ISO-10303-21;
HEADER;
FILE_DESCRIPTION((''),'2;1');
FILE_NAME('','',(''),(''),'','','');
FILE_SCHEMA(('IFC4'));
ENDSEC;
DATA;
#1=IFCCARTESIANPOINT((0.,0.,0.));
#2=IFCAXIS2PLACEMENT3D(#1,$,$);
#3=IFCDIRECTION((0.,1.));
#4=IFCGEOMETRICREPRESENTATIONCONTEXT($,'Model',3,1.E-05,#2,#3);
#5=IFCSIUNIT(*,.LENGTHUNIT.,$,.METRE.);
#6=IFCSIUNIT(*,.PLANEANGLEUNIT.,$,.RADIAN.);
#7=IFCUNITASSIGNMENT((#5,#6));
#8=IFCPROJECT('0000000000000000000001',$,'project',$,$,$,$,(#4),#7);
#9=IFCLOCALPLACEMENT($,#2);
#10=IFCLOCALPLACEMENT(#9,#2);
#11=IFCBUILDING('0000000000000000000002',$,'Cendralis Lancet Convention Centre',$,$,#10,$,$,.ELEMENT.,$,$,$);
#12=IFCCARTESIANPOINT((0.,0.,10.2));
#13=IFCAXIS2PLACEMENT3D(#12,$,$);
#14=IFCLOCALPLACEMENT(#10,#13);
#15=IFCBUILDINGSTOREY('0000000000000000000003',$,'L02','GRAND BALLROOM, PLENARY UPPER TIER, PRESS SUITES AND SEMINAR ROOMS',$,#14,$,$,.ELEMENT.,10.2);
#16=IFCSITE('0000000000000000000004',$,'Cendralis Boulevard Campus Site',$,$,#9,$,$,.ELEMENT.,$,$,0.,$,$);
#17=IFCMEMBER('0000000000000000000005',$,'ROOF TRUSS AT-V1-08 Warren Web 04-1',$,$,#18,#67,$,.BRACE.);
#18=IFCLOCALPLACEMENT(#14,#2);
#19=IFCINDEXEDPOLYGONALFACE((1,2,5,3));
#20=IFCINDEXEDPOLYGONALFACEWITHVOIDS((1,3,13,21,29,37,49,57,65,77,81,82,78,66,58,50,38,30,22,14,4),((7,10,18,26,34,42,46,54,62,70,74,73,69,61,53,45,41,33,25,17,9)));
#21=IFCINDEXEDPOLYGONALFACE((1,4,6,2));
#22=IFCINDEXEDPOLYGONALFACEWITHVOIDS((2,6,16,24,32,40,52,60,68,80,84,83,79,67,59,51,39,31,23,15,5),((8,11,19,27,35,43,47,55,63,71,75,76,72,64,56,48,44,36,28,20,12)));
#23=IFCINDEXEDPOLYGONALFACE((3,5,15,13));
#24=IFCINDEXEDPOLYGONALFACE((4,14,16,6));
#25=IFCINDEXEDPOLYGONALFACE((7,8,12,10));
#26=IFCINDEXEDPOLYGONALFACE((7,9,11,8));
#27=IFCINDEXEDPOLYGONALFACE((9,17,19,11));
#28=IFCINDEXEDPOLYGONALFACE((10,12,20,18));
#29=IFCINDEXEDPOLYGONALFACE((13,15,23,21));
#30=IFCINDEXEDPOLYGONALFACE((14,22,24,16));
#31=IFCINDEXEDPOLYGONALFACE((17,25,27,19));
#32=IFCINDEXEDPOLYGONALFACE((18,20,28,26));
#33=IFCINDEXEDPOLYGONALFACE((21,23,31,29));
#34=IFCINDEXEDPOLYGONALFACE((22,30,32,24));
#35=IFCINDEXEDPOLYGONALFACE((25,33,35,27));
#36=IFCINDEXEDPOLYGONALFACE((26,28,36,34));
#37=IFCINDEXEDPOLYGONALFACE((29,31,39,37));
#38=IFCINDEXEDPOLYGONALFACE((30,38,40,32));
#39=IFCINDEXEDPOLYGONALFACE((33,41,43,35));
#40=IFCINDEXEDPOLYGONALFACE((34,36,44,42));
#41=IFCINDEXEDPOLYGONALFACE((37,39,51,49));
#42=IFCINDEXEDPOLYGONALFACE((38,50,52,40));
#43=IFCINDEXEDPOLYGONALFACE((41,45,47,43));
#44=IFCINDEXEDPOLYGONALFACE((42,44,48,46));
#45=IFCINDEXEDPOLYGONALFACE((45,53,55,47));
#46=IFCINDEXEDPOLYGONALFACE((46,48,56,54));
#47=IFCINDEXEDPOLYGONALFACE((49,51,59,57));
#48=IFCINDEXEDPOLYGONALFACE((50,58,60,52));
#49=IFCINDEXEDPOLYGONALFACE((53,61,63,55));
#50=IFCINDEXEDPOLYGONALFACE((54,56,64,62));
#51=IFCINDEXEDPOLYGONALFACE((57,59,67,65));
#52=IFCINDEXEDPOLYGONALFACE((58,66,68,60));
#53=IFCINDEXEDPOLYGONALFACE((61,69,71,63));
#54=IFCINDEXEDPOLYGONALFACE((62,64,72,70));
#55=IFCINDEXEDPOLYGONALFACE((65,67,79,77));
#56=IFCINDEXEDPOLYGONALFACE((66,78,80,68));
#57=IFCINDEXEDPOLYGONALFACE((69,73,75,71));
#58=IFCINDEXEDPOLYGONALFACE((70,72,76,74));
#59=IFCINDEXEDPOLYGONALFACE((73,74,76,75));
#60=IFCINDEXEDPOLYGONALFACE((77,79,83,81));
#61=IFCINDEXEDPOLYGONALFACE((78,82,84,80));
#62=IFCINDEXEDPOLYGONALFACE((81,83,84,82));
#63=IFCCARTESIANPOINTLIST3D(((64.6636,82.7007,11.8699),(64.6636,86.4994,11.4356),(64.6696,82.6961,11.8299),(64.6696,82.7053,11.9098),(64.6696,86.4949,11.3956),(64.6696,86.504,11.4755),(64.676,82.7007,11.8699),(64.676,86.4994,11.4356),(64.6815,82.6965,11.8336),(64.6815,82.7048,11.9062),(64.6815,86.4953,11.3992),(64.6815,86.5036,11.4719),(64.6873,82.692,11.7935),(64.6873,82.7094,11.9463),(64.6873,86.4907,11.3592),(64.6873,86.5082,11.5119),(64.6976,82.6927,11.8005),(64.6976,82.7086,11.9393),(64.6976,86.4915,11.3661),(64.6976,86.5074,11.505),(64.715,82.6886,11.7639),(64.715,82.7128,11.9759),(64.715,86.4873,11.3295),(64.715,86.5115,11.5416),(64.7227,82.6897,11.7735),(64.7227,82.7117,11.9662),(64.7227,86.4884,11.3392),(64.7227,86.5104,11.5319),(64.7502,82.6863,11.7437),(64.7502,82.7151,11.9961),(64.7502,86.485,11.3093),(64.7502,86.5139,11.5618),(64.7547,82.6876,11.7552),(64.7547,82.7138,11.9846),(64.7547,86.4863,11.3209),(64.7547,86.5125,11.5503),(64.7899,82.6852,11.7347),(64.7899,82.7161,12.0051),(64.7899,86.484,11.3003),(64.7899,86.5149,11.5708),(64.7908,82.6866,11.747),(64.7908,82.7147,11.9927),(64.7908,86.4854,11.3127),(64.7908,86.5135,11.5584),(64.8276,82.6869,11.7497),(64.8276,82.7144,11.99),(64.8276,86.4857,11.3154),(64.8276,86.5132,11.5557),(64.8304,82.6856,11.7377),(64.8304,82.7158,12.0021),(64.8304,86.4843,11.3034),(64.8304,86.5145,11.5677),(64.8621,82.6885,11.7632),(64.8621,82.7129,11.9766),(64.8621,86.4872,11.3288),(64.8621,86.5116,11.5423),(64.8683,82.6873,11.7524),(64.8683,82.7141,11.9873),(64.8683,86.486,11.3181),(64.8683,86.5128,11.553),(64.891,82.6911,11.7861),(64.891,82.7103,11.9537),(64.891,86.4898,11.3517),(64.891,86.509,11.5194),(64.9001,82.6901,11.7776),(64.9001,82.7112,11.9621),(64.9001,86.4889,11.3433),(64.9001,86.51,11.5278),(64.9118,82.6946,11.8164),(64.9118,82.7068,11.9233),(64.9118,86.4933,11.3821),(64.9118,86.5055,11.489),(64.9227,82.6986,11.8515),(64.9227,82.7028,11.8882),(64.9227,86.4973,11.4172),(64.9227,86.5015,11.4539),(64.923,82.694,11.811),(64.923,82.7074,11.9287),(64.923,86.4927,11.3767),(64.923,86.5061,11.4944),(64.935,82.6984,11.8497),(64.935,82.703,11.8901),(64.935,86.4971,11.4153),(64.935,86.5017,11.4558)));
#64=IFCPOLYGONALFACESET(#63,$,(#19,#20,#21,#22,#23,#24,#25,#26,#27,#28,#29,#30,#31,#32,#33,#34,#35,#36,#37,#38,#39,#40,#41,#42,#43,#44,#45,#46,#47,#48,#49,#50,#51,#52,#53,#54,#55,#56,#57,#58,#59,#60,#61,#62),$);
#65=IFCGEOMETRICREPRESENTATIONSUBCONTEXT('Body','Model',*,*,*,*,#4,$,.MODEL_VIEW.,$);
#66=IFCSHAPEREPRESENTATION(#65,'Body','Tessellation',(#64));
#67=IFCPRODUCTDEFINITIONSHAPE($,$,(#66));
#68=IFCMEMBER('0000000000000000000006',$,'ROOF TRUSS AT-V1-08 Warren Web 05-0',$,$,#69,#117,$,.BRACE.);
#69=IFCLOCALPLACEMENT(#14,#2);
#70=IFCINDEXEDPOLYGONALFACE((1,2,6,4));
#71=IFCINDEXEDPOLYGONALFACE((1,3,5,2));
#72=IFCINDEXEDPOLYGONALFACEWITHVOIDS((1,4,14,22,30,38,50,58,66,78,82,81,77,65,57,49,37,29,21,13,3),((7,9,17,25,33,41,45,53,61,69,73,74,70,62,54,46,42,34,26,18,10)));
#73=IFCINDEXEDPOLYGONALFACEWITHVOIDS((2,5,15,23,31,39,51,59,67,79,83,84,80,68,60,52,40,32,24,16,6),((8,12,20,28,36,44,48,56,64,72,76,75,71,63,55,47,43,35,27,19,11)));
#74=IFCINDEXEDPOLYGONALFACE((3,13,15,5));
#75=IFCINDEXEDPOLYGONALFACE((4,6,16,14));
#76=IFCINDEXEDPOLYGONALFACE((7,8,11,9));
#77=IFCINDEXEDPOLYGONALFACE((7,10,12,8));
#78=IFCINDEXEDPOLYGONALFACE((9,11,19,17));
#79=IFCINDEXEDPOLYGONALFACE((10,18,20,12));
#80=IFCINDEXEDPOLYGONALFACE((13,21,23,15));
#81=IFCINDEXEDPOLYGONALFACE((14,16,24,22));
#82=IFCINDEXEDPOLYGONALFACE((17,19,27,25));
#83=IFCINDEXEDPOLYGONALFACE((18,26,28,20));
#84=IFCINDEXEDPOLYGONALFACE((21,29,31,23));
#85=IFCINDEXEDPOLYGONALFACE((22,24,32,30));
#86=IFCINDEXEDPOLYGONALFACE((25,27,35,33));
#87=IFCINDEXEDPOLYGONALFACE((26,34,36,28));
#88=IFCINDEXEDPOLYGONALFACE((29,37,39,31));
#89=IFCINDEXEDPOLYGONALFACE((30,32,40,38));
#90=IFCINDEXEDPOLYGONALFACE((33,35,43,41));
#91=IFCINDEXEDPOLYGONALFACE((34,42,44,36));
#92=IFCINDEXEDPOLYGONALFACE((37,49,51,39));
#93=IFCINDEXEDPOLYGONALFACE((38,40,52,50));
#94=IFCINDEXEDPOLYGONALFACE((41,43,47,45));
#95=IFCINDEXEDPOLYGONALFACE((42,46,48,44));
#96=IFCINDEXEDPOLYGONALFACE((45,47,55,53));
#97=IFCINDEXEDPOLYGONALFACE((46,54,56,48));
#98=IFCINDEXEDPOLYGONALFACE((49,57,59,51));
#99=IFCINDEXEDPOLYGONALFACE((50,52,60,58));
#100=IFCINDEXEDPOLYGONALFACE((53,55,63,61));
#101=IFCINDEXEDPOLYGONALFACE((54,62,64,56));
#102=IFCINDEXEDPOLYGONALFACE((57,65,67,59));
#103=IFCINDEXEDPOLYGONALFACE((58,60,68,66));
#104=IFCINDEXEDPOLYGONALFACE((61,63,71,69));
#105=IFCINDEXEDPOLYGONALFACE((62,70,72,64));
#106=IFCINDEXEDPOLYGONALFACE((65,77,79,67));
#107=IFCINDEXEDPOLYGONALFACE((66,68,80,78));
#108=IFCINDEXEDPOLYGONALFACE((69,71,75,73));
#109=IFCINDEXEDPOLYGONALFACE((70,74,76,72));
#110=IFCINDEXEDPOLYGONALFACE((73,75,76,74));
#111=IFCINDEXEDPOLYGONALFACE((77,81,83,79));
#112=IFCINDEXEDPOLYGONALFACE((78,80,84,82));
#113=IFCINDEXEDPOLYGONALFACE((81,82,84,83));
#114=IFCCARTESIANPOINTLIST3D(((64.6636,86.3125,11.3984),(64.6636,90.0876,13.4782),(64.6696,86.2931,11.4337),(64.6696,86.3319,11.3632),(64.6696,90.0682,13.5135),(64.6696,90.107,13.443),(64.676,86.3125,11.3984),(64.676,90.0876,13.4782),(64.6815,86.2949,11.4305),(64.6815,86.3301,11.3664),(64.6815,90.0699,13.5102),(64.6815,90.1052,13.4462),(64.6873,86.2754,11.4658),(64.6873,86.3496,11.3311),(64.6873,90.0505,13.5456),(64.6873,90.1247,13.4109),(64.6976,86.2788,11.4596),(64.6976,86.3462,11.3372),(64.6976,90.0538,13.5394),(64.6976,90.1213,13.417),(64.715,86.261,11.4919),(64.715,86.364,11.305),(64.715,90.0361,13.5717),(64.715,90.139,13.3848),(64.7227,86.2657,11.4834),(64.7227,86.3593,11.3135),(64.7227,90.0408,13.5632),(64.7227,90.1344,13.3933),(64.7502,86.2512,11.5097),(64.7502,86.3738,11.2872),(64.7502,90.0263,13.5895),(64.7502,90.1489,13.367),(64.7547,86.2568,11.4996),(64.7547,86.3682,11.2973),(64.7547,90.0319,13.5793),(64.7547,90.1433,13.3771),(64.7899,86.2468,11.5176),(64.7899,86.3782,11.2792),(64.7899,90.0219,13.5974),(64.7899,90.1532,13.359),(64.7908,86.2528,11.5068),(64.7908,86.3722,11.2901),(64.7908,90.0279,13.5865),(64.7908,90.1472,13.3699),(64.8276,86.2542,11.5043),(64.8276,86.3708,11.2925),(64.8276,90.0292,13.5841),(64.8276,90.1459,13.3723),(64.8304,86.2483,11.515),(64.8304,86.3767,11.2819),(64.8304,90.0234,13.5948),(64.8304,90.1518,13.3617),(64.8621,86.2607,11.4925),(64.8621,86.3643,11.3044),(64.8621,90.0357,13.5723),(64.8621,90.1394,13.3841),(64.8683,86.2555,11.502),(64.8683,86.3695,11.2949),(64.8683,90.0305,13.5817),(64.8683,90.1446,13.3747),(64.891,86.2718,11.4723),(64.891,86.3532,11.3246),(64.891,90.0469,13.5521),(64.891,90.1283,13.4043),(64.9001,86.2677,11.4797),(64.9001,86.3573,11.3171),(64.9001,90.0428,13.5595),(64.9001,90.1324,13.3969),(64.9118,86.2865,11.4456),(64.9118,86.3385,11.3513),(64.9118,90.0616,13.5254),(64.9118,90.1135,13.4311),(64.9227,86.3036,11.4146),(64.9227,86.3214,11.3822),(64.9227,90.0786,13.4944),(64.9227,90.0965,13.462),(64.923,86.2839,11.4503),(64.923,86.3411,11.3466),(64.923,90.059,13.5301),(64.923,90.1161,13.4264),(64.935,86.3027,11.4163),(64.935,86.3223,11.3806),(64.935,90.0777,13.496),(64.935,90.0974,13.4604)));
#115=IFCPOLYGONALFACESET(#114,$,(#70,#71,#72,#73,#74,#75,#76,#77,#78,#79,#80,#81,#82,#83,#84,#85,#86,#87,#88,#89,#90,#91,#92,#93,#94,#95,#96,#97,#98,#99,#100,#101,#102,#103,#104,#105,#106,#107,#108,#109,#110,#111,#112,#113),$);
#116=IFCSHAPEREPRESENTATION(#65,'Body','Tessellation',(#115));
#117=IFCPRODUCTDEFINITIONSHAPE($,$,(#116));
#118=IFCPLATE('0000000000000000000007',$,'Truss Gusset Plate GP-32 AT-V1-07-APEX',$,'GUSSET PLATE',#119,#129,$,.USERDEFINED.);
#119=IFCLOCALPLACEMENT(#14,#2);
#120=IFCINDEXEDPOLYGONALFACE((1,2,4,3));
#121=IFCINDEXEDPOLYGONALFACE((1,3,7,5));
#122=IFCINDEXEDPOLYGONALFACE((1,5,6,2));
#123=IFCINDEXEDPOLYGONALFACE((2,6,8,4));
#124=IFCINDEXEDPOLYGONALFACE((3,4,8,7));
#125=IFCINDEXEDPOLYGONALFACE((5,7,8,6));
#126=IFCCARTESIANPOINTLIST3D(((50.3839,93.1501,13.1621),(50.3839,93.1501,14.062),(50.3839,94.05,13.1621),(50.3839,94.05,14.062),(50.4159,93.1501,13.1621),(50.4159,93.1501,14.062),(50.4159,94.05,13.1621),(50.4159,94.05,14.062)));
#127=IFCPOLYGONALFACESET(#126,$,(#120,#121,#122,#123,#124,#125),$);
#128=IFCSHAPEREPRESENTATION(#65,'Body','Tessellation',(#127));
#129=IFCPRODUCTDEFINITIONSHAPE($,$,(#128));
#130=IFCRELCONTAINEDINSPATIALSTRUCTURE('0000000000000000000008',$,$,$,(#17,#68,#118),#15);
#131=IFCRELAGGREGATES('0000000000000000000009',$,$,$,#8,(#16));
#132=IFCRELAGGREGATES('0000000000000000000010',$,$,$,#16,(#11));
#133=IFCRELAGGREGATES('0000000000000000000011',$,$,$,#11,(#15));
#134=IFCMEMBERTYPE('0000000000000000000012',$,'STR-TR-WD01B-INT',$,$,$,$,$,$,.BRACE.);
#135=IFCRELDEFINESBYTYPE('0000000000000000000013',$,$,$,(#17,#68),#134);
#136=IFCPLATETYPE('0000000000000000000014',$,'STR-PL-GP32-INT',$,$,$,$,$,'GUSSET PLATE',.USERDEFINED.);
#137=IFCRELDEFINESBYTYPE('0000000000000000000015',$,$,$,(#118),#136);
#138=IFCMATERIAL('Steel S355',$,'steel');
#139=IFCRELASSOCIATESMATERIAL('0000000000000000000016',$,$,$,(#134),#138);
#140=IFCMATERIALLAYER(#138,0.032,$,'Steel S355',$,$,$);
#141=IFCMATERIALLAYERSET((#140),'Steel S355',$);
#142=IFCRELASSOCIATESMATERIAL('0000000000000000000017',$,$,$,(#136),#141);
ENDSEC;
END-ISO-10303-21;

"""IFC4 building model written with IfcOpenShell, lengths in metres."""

from ifc_helpers import new_model, si_unit, direction, frame, origin, origin_2d, place, context, subcontext, project, spatial, rectangle, hollow_circle, extrude, material, layer, layer_set, material_profile, profile_set, type_object, element, save


model = new_model("IFC4")

# Units and contexts
model_context = context("Model", 3, precision=1e-05, world=origin(), true_north=direction((0.0, 1.0)))
body_context = subcontext(model_context, "Body", "Model", "MODEL_VIEW")
ifc_project = project(units=[si_unit("LENGTHUNIT", "METRE"), si_unit("PLANEANGLEUNIT", "RADIAN")], contexts=[model_context])

# Site, building, storey
site_placement = place(None, origin())
site = spatial("IfcSite", under=ifc_project, at=site_placement, Name="Cendralis Boulevard Campus Site", CompositionType="ELEMENT", RefElevation=0.0)
building_placement = place(site_placement, origin())
building = spatial("IfcBuilding", under=site, at=building_placement, Name="Cendralis Lancet Convention Centre", CompositionType="ELEMENT")
storey_placement = place(building_placement, frame((0.0, 0.0, 10.2)))
storey = spatial("IfcBuildingStorey", under=building, at=storey_placement, Name="L02", Description="GRAND BALLROOM, PLENARY UPPER TIER, PRESS SUITES AND SEMINAR ROOMS", CompositionType="ELEMENT", Elevation=10.2)

# Members
ifc_material = material(Name="Steel S355", Category="steel")
ifc_material_profile_1 = material_profile(ifc_material, hollow_circle(Radius=0.1365, WallThickness=0.0125, at=origin_2d()), Name="CHS 273.0x12.5")
ifc_profile_set_1 = profile_set([ifc_material_profile_1], Name="Steel S355")
member_type_1 = type_object("IfcMemberType", Name="STR-TR-WD01B-INT", PredefinedType="BRACE", material=ifc_profile_set_1)
member_1_placement = place(storey_placement, frame((64.8, 82.7007, 11.8699), z_axis=(0.0, 0.993528, -0.113592), x_axis=(-1.0, 0.0, 0.0)))
element("IfcMember", 1, at=member_1_placement, inside=storey, type_object=member_type_1, Name="ROOF TRUSS AT-V1-08 Warren Web 04-1", PredefinedType="BRACE", context=body_context, shape_type="SweptSolid", body=[
    extrude(hollow_circle(Radius=0.1365, WallThickness=0.0125, at=origin_2d()), origin(), (0.0, 0.0, 1.0), 3.8235),
])
member_2_placement = place(storey_placement, frame((64.8, 86.3125, 11.3984), z_axis=(0.0, 0.875872, 0.482543), x_axis=(-1.0, 0.0, 0.0)))
element("IfcMember", 2, at=member_2_placement, inside=storey, type_object=member_type_1, Name="ROOF TRUSS AT-V1-08 Warren Web 05-0", PredefinedType="BRACE", context=body_context, shape_type="SweptSolid", body=[
    extrude(hollow_circle(Radius=0.1365, WallThickness=0.0125, at=origin_2d()), origin(), (0.0, 0.0, 1.0), 4.3101),
])

# Plate
ifc_layer = layer(ifc_material, 0.032, Name="Steel S355")
ifc_layer_set = layer_set([ifc_layer], Name="Steel S355")
plate_type = type_object("IfcPlateType", Name="STR-PL-GP32-INT", ElementType="GUSSET PLATE", PredefinedType="USERDEFINED", material=ifc_layer_set)
plate_placement = place(storey_placement, frame((50.3999, 93.6001, 13.1621), z_axis=(0.0, 0.0, 1.0), x_axis=(0.0, 1.0, 0.0)))
element("IfcPlate", 3, at=plate_placement, inside=storey, type_object=plate_type, Name="Truss Gusset Plate GP-32 AT-V1-07-APEX", ObjectType="GUSSET PLATE", PredefinedType="USERDEFINED", context=body_context, shape_type="SweptSolid", body=[
    extrude(rectangle(XDim=0.8999, YDim=0.032, at=origin_2d()), origin(), (0.0, 0.0, 1.0), 0.8999),
])

save(model, "model.ifc")
